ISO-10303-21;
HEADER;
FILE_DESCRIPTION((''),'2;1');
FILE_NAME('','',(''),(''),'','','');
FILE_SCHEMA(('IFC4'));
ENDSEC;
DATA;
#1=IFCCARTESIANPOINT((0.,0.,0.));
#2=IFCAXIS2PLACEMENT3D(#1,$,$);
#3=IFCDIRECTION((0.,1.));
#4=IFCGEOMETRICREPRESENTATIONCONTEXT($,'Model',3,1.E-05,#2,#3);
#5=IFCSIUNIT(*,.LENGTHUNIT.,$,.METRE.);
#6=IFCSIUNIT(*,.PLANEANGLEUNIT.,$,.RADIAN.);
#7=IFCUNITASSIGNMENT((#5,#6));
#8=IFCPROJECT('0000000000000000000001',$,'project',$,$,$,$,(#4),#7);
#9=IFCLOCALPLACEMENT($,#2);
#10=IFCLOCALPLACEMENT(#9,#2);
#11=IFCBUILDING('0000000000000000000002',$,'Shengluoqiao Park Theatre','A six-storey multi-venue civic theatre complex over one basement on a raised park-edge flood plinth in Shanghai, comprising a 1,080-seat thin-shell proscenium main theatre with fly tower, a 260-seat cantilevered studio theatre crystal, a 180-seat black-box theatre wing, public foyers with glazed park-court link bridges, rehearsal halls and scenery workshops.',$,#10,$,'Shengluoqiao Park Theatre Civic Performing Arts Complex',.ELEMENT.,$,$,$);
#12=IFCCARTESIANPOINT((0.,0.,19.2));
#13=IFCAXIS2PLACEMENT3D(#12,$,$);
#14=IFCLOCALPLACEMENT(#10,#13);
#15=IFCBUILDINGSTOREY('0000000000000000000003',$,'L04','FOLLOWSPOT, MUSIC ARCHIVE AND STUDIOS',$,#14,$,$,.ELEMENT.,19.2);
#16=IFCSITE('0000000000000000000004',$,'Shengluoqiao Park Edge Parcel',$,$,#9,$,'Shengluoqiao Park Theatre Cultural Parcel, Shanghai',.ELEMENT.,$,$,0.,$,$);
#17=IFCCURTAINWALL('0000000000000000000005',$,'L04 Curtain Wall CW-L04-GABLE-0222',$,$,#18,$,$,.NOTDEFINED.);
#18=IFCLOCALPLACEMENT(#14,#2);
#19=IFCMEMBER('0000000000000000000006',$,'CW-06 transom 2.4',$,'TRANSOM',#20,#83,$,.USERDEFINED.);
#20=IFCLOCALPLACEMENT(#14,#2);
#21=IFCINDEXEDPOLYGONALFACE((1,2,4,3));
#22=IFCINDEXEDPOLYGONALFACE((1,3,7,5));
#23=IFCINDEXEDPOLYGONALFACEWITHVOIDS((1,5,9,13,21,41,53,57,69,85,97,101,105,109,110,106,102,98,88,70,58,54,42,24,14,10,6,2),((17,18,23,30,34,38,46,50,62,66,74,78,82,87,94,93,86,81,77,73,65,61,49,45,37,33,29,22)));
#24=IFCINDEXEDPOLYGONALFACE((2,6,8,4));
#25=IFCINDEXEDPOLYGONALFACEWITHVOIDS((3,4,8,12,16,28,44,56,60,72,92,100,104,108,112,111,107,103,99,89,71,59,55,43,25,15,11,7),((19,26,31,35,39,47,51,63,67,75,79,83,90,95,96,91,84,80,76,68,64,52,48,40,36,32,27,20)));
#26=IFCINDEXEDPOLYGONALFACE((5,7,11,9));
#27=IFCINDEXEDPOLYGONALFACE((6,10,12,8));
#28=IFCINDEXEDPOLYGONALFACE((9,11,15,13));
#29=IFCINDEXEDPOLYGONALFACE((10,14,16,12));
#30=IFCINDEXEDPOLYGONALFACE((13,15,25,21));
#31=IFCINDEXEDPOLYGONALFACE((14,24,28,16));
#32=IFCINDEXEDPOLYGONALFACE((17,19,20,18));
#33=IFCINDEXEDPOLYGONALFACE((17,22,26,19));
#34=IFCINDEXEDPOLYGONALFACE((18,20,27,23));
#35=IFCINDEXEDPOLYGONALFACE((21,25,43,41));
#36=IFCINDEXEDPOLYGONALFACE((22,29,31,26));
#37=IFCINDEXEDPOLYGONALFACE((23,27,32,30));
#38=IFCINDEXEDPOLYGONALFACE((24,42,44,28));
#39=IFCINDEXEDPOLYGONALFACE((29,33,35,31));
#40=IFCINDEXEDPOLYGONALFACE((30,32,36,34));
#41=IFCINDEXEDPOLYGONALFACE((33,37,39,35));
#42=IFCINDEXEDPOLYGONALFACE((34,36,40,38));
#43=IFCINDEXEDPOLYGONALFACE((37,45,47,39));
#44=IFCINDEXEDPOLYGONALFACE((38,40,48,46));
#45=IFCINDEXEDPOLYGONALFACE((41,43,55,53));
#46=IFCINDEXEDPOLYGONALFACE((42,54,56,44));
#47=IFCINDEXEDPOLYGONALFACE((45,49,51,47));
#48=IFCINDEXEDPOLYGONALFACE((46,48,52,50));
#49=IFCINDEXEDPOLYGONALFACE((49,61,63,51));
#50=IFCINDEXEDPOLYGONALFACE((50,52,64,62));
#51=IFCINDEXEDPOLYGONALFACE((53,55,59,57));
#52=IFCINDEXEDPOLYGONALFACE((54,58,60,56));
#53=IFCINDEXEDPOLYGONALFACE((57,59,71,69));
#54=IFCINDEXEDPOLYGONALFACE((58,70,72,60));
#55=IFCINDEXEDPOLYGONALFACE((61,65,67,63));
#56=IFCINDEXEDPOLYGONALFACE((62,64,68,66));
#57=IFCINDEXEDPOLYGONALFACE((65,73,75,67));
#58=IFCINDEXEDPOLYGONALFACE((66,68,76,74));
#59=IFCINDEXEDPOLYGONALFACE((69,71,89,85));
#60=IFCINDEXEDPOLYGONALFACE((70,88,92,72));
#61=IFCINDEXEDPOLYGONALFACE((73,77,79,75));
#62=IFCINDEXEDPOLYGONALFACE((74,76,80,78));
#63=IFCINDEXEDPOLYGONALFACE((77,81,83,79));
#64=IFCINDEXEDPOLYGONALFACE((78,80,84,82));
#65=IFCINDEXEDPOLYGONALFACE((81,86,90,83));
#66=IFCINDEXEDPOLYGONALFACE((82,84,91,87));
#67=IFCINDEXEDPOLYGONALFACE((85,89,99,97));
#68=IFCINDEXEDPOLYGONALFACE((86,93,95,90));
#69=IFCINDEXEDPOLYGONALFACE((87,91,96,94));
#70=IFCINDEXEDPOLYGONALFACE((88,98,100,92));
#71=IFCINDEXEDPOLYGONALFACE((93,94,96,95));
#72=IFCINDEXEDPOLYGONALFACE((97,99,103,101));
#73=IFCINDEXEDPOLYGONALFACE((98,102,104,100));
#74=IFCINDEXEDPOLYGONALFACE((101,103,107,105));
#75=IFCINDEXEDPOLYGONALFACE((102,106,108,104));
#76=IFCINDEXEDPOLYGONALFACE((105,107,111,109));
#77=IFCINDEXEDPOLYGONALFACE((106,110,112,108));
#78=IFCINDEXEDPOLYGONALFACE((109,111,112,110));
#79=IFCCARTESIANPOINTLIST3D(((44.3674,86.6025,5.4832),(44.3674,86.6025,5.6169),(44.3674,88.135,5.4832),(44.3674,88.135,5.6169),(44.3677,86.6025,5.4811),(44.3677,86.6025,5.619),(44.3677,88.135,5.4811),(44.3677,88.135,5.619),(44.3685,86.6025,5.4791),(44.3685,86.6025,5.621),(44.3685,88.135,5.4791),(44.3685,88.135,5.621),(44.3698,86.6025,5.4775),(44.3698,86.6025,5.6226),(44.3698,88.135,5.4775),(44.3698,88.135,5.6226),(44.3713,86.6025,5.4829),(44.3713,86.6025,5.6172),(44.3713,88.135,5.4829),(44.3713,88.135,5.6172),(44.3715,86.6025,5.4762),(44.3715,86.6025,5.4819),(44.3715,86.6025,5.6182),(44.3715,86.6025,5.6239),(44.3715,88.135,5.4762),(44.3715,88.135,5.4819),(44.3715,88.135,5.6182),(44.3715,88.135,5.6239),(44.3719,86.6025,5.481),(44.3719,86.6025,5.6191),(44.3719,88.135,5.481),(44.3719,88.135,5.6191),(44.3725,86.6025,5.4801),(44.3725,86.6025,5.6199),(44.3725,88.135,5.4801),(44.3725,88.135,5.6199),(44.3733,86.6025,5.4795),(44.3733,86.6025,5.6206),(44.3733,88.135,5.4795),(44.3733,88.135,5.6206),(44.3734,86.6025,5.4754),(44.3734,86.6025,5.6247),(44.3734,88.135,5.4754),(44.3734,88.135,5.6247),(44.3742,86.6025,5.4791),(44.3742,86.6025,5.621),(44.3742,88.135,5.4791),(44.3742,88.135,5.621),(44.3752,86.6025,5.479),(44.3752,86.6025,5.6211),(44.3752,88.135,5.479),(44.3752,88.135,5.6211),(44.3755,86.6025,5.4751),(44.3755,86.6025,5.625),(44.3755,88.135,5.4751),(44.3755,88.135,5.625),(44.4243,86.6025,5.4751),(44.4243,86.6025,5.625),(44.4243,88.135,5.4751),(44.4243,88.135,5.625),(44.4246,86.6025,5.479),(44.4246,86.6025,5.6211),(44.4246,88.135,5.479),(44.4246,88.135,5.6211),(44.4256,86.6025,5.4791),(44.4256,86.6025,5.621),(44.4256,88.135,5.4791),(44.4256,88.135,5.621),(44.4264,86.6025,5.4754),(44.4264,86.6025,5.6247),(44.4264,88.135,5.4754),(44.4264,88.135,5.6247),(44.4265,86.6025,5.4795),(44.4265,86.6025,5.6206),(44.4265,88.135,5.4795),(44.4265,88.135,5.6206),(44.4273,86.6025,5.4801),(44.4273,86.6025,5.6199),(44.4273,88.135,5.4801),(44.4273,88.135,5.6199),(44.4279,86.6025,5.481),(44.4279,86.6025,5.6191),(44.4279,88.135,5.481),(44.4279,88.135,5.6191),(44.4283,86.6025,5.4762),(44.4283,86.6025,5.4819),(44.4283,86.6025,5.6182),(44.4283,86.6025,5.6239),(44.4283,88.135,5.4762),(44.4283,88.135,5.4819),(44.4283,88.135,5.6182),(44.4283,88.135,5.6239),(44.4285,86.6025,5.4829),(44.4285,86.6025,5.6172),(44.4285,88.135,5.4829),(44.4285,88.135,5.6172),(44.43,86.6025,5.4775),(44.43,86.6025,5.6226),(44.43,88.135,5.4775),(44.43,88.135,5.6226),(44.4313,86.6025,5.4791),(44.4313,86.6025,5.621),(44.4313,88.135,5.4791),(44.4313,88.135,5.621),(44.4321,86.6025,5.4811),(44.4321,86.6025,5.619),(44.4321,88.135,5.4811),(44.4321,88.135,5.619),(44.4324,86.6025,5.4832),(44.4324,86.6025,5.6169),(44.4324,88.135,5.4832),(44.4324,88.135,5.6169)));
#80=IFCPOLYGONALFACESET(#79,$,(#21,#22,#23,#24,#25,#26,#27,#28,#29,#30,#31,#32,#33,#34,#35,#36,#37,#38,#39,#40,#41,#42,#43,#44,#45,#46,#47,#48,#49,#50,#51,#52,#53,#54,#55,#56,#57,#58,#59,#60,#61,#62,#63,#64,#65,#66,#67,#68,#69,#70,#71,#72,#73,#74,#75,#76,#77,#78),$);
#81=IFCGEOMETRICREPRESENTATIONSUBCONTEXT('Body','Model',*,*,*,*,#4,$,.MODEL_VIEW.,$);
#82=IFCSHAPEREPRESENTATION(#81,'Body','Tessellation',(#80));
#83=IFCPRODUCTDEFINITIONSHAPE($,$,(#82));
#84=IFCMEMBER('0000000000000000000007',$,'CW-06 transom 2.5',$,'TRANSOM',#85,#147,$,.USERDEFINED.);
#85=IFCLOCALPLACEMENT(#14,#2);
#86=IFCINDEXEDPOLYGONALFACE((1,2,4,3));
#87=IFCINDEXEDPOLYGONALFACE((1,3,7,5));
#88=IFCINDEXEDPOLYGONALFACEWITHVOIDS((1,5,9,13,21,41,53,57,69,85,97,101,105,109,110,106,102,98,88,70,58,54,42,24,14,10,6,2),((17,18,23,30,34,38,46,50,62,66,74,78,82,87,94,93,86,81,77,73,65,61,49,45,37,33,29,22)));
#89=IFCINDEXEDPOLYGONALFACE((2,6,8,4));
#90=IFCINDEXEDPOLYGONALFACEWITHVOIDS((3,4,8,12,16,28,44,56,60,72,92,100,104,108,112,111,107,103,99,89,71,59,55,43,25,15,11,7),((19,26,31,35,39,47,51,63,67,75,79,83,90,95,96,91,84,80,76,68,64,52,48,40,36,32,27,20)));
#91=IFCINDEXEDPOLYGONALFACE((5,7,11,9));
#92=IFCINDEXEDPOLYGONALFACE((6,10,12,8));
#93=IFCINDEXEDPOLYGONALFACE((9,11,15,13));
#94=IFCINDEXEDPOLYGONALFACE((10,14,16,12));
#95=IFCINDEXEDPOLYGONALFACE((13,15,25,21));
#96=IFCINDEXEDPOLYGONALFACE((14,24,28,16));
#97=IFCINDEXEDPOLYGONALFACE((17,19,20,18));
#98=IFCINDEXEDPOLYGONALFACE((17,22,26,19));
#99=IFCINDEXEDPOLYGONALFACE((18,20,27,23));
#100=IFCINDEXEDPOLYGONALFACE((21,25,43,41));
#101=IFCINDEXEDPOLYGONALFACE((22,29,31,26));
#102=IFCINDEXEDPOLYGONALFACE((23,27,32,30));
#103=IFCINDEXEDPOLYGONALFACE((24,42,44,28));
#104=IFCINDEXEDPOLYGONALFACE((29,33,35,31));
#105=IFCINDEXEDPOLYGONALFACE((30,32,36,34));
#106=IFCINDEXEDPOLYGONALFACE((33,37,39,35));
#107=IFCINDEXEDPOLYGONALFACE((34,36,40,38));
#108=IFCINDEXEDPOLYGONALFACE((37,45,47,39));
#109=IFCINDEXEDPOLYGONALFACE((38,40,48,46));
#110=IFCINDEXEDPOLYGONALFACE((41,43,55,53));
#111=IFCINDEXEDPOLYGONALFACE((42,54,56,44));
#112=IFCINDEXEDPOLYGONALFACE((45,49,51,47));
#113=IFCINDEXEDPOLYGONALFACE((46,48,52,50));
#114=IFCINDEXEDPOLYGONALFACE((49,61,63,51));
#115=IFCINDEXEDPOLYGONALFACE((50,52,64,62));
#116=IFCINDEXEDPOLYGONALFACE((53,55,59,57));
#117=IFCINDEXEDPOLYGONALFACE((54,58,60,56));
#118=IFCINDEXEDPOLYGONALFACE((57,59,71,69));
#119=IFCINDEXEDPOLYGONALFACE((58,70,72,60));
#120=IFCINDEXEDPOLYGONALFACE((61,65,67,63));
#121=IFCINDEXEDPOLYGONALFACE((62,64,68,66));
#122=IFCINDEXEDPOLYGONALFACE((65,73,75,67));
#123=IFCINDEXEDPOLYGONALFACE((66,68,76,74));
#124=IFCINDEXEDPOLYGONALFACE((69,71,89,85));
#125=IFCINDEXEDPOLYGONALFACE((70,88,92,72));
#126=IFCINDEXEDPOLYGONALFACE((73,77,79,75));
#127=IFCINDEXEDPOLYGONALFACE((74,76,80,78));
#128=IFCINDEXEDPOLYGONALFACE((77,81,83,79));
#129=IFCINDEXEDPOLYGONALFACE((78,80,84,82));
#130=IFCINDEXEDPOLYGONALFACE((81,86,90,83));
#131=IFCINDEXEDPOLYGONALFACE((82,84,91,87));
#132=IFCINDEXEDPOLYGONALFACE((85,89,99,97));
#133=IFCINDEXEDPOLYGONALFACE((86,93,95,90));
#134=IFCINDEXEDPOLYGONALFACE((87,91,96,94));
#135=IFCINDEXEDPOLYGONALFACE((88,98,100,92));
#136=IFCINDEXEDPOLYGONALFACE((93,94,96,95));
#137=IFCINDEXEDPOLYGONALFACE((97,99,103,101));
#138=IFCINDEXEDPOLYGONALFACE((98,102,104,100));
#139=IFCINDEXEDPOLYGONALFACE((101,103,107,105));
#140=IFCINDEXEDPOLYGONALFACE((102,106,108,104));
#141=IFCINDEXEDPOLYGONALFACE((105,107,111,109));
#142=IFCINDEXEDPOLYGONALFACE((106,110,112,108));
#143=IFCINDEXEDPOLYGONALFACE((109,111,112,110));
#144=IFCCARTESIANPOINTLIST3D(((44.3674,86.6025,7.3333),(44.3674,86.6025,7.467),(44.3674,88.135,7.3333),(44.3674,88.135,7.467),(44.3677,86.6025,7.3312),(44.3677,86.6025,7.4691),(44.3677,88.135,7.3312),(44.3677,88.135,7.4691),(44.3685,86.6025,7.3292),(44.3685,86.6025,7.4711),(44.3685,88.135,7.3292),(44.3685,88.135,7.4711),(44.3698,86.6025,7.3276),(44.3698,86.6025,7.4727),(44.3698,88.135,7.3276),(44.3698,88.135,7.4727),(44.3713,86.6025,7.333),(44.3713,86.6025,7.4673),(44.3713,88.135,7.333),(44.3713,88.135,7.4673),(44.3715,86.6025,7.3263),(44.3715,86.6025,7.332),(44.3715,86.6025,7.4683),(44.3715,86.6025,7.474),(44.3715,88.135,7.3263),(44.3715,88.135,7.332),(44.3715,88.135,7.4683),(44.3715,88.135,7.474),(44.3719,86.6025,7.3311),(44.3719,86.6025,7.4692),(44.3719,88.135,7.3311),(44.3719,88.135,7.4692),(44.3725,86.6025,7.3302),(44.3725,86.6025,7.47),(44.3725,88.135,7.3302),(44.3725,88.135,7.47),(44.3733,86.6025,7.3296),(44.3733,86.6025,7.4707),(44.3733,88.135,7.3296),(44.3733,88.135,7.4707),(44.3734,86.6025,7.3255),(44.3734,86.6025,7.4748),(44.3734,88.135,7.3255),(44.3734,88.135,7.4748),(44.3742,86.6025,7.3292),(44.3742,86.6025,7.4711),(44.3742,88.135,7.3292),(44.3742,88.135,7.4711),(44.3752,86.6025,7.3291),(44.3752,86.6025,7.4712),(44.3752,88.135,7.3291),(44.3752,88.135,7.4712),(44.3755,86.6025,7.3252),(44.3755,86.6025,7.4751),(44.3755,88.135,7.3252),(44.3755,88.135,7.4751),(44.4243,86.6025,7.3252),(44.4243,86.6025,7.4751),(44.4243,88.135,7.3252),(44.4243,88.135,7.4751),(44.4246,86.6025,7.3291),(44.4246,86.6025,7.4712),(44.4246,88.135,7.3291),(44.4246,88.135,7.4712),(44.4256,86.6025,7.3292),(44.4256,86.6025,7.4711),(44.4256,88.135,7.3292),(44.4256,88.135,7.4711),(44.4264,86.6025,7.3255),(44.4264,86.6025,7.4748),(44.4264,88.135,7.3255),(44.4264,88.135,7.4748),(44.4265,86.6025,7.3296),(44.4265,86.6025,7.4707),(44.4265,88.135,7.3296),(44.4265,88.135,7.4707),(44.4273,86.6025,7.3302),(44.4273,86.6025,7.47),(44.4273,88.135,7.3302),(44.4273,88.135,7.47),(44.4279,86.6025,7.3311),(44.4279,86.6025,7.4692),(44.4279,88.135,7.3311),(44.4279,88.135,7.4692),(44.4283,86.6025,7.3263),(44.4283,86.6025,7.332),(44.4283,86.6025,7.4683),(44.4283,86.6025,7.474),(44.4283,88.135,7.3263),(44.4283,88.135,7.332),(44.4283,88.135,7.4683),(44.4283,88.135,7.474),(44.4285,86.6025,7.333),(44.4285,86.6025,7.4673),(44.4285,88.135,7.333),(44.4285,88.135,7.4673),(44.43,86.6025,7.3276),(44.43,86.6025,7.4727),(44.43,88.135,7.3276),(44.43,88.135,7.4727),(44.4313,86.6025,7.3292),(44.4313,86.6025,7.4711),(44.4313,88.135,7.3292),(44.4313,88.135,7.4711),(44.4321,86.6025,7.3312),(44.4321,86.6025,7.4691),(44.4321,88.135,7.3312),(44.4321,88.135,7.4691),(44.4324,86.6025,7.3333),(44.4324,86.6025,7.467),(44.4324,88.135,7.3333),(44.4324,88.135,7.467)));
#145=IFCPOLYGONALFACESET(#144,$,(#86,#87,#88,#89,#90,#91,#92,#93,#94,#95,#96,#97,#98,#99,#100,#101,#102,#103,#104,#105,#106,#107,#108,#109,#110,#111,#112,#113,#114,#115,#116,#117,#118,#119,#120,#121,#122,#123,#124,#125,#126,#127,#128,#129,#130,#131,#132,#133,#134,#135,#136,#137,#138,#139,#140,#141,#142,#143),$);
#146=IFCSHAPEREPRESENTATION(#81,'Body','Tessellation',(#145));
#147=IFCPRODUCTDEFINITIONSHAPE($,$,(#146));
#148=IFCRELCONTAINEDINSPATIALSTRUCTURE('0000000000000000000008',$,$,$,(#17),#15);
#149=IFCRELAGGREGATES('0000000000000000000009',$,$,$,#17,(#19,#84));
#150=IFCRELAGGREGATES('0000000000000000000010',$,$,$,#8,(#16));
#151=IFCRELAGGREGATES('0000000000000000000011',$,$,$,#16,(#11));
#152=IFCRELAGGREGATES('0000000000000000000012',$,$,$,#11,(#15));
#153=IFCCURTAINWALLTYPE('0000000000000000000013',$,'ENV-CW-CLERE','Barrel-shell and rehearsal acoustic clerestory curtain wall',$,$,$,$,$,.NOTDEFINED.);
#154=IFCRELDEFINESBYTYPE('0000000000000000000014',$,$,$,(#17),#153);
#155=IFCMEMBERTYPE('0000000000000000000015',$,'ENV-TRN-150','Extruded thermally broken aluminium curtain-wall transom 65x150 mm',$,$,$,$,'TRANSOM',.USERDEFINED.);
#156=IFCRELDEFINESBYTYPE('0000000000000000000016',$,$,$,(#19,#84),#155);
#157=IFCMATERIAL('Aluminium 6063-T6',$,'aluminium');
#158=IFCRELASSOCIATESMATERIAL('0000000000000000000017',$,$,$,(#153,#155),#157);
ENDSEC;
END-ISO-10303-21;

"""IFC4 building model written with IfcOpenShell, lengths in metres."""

from ifc_helpers import new_model, si_unit, direction, frame, origin, origin_2d, place, context, subcontext, project, spatial, hollow_rectangle, extrude, material, material_profile, profile_set, type_object, element, aggregate, save


model = new_model("IFC4")

# Units and contexts
model_context = context("Model", 3, precision=1e-05, world=origin(), true_north=direction((0.0, 1.0)))
body_context = subcontext(model_context, "Body", "Model", "MODEL_VIEW")
ifc_project = project(units=[si_unit("LENGTHUNIT", "METRE"), si_unit("PLANEANGLEUNIT", "RADIAN")], contexts=[model_context])

# Site, building, storey
site_placement = place(None, origin())
site = spatial("IfcSite", under=ifc_project, at=site_placement, Name="Shengluoqiao Park Edge Parcel", LongName="Shengluoqiao Park Theatre Cultural Parcel, Shanghai", CompositionType="ELEMENT", RefElevation=0.0)
building_placement = place(site_placement, origin())
building = spatial("IfcBuilding", under=site, at=building_placement, Name="Shengluoqiao Park Theatre", Description="A six-storey multi-venue civic theatre complex over one basement on a raised park-edge flood plinth in Shanghai, comprising a 1,080-seat thin-shell proscenium main theatre with fly tower, a 260-seat cantilevered studio theatre crystal, a 180-seat black-box theatre wing, public foyers with glazed park-court link bridges, rehearsal halls and scenery workshops.", LongName="Shengluoqiao Park Theatre Civic Performing Arts Complex", CompositionType="ELEMENT")
storey_placement = place(building_placement, frame((0.0, 0.0, 19.2)))
storey = spatial("IfcBuildingStorey", under=building, at=storey_placement, Name="L04", Description="FOLLOWSPOT, MUSIC ARCHIVE AND STUDIOS", CompositionType="ELEMENT", Elevation=19.2)

# Shared definitions
ifc_material_1 = material(Name="Aluminium 6063-T6", Category="aluminium")
curtain_wall_type = type_object("IfcCurtainWallType", Name="ENV-CW-CLERE", Description="Barrel-shell and rehearsal acoustic clerestory curtain wall", PredefinedType="NOTDEFINED", material=ifc_material_1)
ifc_material_profile = material_profile(ifc_material_1, hollow_rectangle(XDim=0.0649, YDim=0.1499, WallThickness=0.0039, InnerFilletRadius=0.0039, OuterFilletRadius=0.0081, at=origin_2d()), Name="ALU TRANSOM 150x65x4")
ifc_profile_set = profile_set([ifc_material_profile], Name="Aluminium 6063-T6")
member_type = type_object("IfcMemberType", Name="ENV-TRN-150", Description="Extruded thermally broken aluminium curtain-wall transom 65x150 mm", ElementType="TRANSOM", PredefinedType="USERDEFINED", material=ifc_profile_set)

# Curtain wall, members
curtain_wall_1_placement = place(storey_placement, origin())
curtain_wall_1 = element("IfcCurtainWall", 1, at=curtain_wall_1_placement, inside=storey, type_object=curtain_wall_type, Name="L04 Curtain Wall CW-L04-GABLE-0222", PredefinedType="NOTDEFINED")
member_1_placement = place(storey_placement, frame((44.3999, 86.6025, 5.55), z_axis=(0.0, 1.0, 0.0), x_axis=(-1.0, 0.0, 0.0)))
member_1 = element("IfcMember", 2, at=member_1_placement, type_object=member_type, Name="CW-06 transom 2.4", ObjectType="TRANSOM", PredefinedType="USERDEFINED", context=body_context, shape_type="SweptSolid", body=[
    extrude(hollow_rectangle(XDim=0.0649, YDim=0.1499, WallThickness=0.0039, InnerFilletRadius=0.0039, OuterFilletRadius=0.0081, at=origin_2d()), origin(), (0.0, 0.0, 1.0), 1.5325),
])
member_2_placement = place(storey_placement, frame((44.3999, 86.6025, 7.4001), z_axis=(0.0, 1.0, 0.0), x_axis=(-1.0, 0.0, 0.0)))
member_2 = element("IfcMember", 3, at=member_2_placement, type_object=member_type, Name="CW-06 transom 2.5", ObjectType="TRANSOM", PredefinedType="USERDEFINED", context=body_context, shape_type="SweptSolid", body=[
    extrude(hollow_rectangle(XDim=0.0649, YDim=0.1499, WallThickness=0.0039, InnerFilletRadius=0.0039, OuterFilletRadius=0.0081, at=origin_2d()), origin(), (0.0, 0.0, 1.0), 1.5325),
])

aggregate(curtain_wall_1, [member_1, member_2])

save(model, "model.ifc")
